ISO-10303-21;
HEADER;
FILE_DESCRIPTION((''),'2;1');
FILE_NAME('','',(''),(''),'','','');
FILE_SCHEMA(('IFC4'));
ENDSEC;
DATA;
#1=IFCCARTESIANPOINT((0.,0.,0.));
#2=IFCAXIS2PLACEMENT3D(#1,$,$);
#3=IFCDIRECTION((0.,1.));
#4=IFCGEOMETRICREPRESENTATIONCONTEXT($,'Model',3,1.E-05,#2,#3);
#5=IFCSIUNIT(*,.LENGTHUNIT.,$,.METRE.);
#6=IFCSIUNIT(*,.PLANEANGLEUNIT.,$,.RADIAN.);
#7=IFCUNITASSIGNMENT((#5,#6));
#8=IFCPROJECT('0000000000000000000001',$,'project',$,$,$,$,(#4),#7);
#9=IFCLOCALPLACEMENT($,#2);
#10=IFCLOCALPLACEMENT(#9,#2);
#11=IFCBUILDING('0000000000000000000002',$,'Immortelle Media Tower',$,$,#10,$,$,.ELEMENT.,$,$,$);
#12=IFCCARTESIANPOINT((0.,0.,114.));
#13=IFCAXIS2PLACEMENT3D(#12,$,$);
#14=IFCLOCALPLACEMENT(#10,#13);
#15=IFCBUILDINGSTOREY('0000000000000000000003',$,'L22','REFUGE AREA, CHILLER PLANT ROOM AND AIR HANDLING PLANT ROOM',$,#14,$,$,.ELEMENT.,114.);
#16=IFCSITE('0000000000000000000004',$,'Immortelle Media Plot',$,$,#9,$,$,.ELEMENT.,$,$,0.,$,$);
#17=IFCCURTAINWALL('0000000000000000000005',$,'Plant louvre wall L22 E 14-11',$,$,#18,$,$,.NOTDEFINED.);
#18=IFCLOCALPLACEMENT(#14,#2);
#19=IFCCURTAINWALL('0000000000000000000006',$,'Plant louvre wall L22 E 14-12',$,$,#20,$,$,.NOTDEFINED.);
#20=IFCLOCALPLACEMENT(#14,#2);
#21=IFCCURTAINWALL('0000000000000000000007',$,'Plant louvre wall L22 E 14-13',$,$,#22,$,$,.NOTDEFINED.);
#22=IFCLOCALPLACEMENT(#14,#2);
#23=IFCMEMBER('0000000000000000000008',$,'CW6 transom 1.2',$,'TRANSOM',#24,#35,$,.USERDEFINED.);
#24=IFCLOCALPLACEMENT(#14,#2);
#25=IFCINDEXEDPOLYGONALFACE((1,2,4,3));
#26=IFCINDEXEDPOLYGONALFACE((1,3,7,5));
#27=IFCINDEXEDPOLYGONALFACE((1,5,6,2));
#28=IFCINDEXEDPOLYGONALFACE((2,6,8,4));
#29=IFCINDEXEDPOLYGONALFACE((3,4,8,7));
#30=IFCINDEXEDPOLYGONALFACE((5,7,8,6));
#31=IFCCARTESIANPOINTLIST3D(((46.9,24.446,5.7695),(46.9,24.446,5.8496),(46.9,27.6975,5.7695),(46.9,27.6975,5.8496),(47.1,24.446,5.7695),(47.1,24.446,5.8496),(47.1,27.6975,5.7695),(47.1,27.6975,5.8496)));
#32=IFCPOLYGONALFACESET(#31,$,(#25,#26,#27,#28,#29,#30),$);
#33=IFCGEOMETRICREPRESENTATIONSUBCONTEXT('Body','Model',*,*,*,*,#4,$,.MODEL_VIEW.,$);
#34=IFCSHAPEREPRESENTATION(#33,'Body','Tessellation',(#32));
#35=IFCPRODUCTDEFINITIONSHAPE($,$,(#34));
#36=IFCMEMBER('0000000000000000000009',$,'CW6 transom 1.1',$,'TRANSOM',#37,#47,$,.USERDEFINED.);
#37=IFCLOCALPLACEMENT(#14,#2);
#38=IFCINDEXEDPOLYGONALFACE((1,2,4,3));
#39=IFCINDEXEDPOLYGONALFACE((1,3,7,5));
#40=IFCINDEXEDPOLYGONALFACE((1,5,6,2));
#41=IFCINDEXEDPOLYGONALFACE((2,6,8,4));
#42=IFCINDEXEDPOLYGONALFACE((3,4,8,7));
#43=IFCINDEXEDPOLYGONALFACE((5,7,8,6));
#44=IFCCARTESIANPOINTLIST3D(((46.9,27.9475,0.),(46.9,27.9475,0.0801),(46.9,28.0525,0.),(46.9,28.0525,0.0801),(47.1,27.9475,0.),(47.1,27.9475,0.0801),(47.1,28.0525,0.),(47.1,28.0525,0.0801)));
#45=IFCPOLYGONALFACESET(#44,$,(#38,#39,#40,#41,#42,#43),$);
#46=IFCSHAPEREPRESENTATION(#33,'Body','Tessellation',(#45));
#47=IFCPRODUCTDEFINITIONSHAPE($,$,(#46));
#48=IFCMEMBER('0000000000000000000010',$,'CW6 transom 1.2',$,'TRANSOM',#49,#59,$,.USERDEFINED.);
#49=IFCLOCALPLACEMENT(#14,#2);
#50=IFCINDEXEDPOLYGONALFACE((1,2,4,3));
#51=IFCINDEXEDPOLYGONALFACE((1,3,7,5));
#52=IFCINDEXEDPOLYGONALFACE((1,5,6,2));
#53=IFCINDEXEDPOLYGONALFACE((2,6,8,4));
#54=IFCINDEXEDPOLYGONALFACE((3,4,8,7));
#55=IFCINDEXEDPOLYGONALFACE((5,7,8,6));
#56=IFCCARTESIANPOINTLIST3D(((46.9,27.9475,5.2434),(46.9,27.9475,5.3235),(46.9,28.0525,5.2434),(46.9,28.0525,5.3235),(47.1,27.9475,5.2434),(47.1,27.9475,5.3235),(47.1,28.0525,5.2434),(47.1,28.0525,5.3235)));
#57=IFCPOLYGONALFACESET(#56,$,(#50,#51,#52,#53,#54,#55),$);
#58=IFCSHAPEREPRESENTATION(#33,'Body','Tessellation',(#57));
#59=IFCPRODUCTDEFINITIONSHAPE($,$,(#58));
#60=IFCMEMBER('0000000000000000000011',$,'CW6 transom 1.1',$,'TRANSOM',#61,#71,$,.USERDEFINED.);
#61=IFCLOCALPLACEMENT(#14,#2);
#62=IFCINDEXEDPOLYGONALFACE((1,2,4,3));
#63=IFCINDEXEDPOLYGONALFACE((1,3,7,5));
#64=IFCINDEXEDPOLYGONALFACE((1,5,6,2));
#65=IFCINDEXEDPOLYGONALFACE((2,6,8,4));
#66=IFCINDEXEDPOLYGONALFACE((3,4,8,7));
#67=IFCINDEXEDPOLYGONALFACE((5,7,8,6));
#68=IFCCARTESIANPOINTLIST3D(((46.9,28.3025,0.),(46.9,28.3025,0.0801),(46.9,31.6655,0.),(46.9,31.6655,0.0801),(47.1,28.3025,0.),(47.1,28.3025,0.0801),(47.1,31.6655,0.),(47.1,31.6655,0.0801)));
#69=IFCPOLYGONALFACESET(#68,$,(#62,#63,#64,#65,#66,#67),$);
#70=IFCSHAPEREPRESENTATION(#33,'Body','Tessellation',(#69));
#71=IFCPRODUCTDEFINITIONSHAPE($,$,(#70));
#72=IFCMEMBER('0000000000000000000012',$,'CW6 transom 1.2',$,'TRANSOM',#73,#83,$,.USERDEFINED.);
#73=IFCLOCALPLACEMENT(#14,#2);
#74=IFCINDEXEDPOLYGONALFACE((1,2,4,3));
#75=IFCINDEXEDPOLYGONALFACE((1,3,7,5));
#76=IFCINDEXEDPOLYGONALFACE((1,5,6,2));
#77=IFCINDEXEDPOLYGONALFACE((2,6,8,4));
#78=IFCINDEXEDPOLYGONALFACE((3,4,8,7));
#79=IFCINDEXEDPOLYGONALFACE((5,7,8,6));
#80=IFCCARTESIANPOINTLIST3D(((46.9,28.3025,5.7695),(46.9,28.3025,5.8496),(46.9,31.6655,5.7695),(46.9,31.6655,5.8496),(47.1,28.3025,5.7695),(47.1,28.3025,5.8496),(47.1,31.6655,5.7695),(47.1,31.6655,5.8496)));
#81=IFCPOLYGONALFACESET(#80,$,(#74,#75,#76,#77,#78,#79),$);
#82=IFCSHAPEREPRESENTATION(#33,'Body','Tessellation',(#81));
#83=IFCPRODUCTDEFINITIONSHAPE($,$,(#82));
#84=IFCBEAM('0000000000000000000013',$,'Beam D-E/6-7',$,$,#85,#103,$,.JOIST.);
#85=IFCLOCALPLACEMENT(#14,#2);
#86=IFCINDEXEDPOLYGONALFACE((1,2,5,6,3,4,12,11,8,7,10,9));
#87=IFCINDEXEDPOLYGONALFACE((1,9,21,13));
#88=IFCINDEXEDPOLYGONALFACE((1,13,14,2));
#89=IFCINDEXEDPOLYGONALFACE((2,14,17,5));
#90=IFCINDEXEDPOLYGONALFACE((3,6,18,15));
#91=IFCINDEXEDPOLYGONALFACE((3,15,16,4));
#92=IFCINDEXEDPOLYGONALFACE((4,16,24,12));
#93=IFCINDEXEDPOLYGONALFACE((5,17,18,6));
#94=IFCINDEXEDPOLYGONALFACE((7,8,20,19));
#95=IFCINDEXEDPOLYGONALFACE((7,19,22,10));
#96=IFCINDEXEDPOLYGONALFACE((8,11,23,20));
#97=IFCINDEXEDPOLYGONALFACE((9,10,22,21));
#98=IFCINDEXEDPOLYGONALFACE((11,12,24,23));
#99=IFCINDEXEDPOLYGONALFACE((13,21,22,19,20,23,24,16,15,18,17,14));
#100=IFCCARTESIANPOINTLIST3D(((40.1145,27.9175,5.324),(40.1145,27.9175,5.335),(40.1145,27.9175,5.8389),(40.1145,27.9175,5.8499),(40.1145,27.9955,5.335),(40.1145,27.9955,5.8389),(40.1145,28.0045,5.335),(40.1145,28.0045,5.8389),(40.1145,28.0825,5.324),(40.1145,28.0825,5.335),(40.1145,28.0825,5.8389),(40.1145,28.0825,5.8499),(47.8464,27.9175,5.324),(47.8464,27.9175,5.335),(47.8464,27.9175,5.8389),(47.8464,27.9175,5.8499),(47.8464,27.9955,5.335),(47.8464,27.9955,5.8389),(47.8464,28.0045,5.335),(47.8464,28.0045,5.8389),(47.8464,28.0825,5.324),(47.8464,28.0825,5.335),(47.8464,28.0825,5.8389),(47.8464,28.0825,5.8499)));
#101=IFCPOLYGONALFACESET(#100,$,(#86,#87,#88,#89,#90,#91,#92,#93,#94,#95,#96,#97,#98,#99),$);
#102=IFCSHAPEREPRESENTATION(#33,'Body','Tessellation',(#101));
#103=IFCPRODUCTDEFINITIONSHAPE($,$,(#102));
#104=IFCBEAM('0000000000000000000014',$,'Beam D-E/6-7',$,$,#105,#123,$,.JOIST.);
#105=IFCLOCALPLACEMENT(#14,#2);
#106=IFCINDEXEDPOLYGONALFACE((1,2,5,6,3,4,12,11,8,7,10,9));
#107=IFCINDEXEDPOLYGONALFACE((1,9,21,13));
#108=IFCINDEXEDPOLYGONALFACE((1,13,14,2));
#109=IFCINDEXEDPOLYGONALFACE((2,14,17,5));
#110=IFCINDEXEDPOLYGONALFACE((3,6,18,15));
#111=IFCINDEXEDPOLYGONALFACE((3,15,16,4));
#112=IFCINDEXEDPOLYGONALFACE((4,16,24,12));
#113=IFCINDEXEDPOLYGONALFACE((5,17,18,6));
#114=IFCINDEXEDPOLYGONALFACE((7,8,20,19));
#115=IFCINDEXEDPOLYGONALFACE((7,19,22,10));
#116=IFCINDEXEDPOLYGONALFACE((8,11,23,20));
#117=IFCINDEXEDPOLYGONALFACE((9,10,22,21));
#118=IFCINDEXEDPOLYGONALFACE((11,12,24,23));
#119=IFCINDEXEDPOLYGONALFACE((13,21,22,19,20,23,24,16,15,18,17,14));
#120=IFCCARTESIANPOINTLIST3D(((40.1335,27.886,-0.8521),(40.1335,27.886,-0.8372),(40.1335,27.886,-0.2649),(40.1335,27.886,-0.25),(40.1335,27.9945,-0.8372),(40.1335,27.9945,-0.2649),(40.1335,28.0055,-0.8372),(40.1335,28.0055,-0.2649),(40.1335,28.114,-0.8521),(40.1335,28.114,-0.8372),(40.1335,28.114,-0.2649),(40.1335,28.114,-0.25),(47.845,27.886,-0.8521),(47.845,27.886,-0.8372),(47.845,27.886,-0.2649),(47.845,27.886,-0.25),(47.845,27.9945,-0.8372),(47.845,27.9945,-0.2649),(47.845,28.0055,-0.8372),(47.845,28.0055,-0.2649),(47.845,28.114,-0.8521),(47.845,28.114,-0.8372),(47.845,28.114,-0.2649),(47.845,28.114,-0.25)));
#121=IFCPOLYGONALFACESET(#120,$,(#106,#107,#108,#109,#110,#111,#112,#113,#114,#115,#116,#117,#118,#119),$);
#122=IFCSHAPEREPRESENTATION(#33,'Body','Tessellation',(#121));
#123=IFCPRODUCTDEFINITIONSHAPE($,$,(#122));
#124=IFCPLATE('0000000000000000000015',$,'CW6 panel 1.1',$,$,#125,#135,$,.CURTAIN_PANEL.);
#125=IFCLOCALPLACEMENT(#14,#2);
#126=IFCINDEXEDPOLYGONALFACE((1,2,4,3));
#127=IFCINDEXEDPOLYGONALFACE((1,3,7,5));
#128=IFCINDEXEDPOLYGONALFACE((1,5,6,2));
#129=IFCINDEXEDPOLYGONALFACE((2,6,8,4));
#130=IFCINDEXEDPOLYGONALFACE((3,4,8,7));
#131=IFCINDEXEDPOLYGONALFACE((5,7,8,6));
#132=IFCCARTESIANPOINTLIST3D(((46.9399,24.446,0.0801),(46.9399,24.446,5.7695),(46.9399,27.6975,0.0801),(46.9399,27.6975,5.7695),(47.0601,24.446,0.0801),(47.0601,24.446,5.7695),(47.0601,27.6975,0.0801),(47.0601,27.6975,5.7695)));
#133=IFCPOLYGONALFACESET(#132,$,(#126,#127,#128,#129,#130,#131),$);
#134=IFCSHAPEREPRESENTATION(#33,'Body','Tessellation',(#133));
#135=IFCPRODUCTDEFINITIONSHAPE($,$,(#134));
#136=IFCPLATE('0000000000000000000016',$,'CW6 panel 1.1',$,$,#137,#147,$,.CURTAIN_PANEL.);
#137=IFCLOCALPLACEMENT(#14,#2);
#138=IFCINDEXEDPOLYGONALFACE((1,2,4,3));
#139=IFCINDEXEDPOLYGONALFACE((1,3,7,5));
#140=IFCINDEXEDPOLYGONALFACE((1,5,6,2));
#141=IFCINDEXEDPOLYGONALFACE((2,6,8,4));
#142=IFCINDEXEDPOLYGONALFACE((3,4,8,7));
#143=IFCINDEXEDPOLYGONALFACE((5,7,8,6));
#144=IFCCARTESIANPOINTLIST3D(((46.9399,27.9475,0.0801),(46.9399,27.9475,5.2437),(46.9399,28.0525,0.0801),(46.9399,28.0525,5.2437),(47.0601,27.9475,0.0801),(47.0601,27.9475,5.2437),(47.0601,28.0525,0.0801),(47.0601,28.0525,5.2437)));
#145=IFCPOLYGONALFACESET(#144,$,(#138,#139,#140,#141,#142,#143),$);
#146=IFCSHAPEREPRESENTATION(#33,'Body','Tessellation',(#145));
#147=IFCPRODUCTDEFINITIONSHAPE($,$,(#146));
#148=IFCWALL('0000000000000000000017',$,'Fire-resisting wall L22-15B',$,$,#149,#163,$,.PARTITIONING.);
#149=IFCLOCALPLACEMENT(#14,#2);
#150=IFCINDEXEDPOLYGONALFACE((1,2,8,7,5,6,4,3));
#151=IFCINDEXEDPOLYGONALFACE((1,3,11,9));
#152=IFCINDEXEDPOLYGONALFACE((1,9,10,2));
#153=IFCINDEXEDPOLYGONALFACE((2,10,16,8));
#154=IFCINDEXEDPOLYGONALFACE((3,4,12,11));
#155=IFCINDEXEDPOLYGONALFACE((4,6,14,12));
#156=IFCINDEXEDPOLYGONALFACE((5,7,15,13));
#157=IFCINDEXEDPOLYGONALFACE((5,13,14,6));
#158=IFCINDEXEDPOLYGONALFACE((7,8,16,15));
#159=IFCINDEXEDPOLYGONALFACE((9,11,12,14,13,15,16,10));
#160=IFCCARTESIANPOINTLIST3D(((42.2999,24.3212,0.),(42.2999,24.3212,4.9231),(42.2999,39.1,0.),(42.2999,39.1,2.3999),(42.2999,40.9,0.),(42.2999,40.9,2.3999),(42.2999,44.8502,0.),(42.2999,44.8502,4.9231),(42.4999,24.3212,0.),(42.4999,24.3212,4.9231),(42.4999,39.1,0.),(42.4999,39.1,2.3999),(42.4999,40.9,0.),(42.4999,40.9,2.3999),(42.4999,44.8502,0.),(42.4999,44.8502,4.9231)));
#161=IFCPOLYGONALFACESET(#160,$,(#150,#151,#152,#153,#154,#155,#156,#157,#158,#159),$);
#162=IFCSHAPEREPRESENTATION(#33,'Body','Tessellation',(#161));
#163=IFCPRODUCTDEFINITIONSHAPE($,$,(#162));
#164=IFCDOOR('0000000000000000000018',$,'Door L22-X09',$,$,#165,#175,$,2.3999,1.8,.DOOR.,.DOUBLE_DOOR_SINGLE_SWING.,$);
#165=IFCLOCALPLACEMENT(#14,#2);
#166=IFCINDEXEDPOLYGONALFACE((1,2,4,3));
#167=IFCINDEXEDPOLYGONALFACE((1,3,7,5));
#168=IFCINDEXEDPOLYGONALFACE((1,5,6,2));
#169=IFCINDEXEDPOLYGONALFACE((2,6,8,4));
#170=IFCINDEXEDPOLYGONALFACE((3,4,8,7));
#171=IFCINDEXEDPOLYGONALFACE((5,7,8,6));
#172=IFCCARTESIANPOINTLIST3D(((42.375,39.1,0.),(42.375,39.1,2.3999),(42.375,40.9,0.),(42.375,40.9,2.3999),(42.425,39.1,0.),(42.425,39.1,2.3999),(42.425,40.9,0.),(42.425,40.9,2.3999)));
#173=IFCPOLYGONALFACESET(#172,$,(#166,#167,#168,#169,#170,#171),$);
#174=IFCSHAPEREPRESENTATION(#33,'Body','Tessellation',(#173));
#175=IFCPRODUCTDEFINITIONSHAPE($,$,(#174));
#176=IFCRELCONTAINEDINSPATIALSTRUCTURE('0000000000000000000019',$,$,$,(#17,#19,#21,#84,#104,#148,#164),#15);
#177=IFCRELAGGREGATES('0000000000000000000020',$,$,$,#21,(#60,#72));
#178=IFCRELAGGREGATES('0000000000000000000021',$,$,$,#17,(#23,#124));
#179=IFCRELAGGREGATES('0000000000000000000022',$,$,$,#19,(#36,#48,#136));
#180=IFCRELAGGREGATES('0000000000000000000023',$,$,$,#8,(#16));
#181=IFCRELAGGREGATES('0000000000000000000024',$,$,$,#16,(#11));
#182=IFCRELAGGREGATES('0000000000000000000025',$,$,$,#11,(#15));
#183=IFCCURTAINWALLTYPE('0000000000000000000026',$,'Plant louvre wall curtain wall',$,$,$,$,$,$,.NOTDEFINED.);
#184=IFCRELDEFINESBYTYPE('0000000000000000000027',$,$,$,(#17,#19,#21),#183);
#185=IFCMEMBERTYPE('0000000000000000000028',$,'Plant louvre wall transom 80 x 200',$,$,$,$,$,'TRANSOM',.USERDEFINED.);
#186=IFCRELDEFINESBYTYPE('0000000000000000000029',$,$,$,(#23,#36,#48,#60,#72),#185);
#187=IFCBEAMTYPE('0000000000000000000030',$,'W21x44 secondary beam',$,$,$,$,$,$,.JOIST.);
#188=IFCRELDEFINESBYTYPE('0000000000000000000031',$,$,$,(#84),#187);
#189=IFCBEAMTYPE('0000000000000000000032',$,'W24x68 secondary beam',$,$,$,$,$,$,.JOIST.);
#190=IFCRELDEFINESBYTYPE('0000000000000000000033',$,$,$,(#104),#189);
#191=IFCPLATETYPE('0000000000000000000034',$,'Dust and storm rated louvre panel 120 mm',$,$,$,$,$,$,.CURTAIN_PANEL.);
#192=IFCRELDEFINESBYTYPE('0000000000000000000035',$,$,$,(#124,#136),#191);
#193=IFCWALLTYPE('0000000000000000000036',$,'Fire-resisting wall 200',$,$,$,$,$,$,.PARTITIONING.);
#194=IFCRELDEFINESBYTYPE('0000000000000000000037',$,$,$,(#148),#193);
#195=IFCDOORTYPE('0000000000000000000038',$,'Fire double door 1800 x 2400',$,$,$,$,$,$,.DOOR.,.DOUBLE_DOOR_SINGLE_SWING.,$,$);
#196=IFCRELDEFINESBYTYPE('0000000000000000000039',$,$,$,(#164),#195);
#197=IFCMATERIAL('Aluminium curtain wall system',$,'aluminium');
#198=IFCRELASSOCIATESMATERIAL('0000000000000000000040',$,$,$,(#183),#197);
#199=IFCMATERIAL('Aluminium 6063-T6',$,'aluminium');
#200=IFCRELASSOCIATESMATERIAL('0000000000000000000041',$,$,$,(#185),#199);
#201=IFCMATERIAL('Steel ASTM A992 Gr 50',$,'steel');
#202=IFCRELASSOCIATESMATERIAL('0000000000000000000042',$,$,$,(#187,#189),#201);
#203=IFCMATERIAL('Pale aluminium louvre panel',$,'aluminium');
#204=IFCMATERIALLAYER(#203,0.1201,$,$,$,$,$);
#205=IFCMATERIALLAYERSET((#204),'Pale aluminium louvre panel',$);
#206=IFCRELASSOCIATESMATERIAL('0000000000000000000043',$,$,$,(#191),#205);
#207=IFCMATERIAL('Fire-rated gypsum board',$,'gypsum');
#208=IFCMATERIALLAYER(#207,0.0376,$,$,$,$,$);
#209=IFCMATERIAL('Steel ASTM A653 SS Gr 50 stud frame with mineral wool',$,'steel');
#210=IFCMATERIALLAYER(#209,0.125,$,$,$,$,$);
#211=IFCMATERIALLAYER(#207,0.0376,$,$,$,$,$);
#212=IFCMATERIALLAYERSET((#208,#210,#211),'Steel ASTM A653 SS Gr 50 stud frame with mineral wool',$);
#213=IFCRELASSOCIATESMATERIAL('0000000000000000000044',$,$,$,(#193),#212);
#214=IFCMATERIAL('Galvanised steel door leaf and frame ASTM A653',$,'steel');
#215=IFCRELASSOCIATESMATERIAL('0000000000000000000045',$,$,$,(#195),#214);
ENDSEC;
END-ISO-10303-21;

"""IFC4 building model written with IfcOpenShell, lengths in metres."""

from ifc_helpers import new_model, si_unit, direction, frame, frame_2d, origin, origin_2d, place, context, subcontext, project, spatial, rectangle, i_section, extrude, material, layer, layer_set, material_profile, profile_set, type_object, element, fill, aggregate, save


model = new_model("IFC4")

# Units and contexts
model_context = context("Model", 3, precision=1e-05, world=origin(), true_north=direction((0.0, 1.0)))
body_context = subcontext(model_context, "Body", "Model", "MODEL_VIEW")
ifc_project = project(units=[si_unit("LENGTHUNIT", "METRE"), si_unit("PLANEANGLEUNIT", "RADIAN")], contexts=[model_context])

# Site, building, storey
site_placement = place(None, origin())
site = spatial("IfcSite", under=ifc_project, at=site_placement, Name="Immortelle Media Plot", CompositionType="ELEMENT", RefElevation=0.0)
building_placement = place(site_placement, origin())
building = spatial("IfcBuilding", under=site, at=building_placement, Name="Immortelle Media Tower", CompositionType="ELEMENT")
storey_placement = place(building_placement, frame((0.0, 0.0, 114.0)))
storey = spatial("IfcBuildingStorey", under=building, at=storey_placement, Name="L22", Description="REFUGE AREA, CHILLER PLANT ROOM AND AIR HANDLING PLANT ROOM", CompositionType="ELEMENT", Elevation=114.0)

# Curtain walls
ifc_material_1 = material(Name="Aluminium curtain wall system", Category="aluminium")
curtain_wall_type = type_object("IfcCurtainWallType", Name="Plant louvre wall curtain wall", PredefinedType="NOTDEFINED", material=ifc_material_1)
curtain_wall_1_placement = place(storey_placement, origin())
curtain_wall_1 = element("IfcCurtainWall", 1, at=curtain_wall_1_placement, inside=storey, type_object=curtain_wall_type, Name="Plant louvre wall L22 E 14-11", PredefinedType="NOTDEFINED")
ifc_material_2 = material(Name="Aluminium 6063-T6", Category="aluminium")
curtain_wall_2_placement = place(storey_placement, origin())
curtain_wall_2 = element("IfcCurtainWall", 2, at=curtain_wall_2_placement, inside=storey, type_object=curtain_wall_type, Name="Plant louvre wall L22 E 14-12", PredefinedType="NOTDEFINED")

# Curtain wall
curtain_wall_3_placement = place(storey_placement, origin())
curtain_wall_3 = element("IfcCurtainWall", 3, at=curtain_wall_3_placement, inside=storey, type_object=curtain_wall_type, Name="Plant louvre wall L22 E 14-13", PredefinedType="NOTDEFINED")

# Members
ifc_material_profile_1 = material_profile(ifc_material_2, rectangle(XDim=0.2, YDim=0.0801, at=origin_2d()), Name="AL 80x200")
ifc_profile_set_1 = profile_set([ifc_material_profile_1], Name="Aluminium 6063-T6")
member_type_1 = type_object("IfcMemberType", Name="Plant louvre wall transom 80 x 200", ElementType="TRANSOM", PredefinedType="USERDEFINED", material=ifc_profile_set_1)
member_1_placement = place(storey_placement, frame((47.0, 24.446, 5.8096), z_axis=(0.0, 1.0, 0.0), x_axis=(-1.0, 0.0, 0.0)))
member_1 = element("IfcMember", 4, at=member_1_placement, type_object=member_type_1, Name="CW6 transom 1.2", ObjectType="TRANSOM", PredefinedType="USERDEFINED", context=body_context, shape_type="SweptSolid", body=[
    extrude(rectangle(XDim=0.2, YDim=0.0801, at=origin_2d()), origin(), (0.0, 0.0, 1.0), 3.2515),
])
member_2_placement = place(storey_placement, frame((47.0, 27.9475, 0.04), z_axis=(0.0, 1.0, 0.0), x_axis=(-1.0, 0.0, 0.0)))
member_2 = element("IfcMember", 5, at=member_2_placement, type_object=member_type_1, Name="CW6 transom 1.1", ObjectType="TRANSOM", PredefinedType="USERDEFINED", context=body_context, shape_type="SweptSolid", body=[
    extrude(rectangle(XDim=0.2, YDim=0.0801, at=origin_2d()), origin(), (0.0, 0.0, 1.0), 0.105),
])
member_3_placement = place(storey_placement, frame((47.0, 27.9475, 5.2834), z_axis=(0.0, 1.0, 0.0), x_axis=(-1.0, 0.0, 0.0)))
member_3 = element("IfcMember", 6, at=member_3_placement, type_object=member_type_1, Name="CW6 transom 1.2", ObjectType="TRANSOM", PredefinedType="USERDEFINED", context=body_context, shape_type="SweptSolid", body=[
    extrude(rectangle(XDim=0.2, YDim=0.0801, at=origin_2d()), origin(), (0.0, 0.0, 1.0), 0.105),
])
member_4_placement = place(storey_placement, frame((47.0, 28.3025, 0.04), z_axis=(0.0, 1.0, 0.0), x_axis=(-1.0, 0.0, 0.0)))
member_4 = element("IfcMember", 7, at=member_4_placement, type_object=member_type_1, Name="CW6 transom 1.1", ObjectType="TRANSOM", PredefinedType="USERDEFINED", context=body_context, shape_type="SweptSolid", body=[
    extrude(rectangle(XDim=0.2, YDim=0.0801, at=origin_2d()), origin(), (0.0, 0.0, 1.0), 3.363),
])
member_5_placement = place(storey_placement, frame((47.0, 28.3025, 5.8096), z_axis=(0.0, 1.0, 0.0), x_axis=(-1.0, 0.0, 0.0)))
member_5 = element("IfcMember", 8, at=member_5_placement, type_object=member_type_1, Name="CW6 transom 1.2", ObjectType="TRANSOM", PredefinedType="USERDEFINED", context=body_context, shape_type="SweptSolid", body=[
    extrude(rectangle(XDim=0.2, YDim=0.0801, at=origin_2d()), origin(), (0.0, 0.0, 1.0), 3.363),
])
aggregate(curtain_wall_3, [member_4, member_5])

# Beams
ifc_material_3 = material(Name="Steel ASTM A992 Gr 50", Category="steel")
ifc_material_profile_2 = material_profile(ifc_material_3, i_section(OverallWidth=0.165, OverallDepth=0.5259, WebThickness=0.009, FlangeThickness=0.011, at=origin_2d()), Name="W21x44")
ifc_profile_set_2 = profile_set([ifc_material_profile_2], Name="Steel ASTM A992 Gr 50")
beam_type_1 = type_object("IfcBeamType", Name="W21x44 secondary beam", PredefinedType="JOIST", material=ifc_profile_set_2)
beam_1_placement = place(storey_placement, frame((40.1145, 28.0, 5.5869), z_axis=(1.0, 0.0, 0.0), x_axis=(0.0, 1.0, 0.0)))
element("IfcBeam", 9, at=beam_1_placement, inside=storey, type_object=beam_type_1, Name="Beam D-E/6-7", PredefinedType="JOIST", context=body_context, shape_type="SweptSolid", body=[
    extrude(i_section(OverallWidth=0.165, OverallDepth=0.5259, WebThickness=0.009, FlangeThickness=0.011, at=origin_2d()), origin(), (0.0, 0.0, 1.0), 7.7319),
])
ifc_material_profile_3 = material_profile(ifc_material_3, i_section(OverallWidth=0.228, OverallDepth=0.6021, WebThickness=0.011, FlangeThickness=0.0149, at=origin_2d()), Name="W24x68")
ifc_profile_set_3 = profile_set([ifc_material_profile_3], Name="Steel ASTM A992 Gr 50")
beam_type_2 = type_object("IfcBeamType", Name="W24x68 secondary beam", PredefinedType="JOIST", material=ifc_profile_set_3)
beam_2_placement = place(storey_placement, frame((40.1335, 28.0, -0.551), z_axis=(1.0, 0.0, 0.0), x_axis=(0.0, 1.0, 0.0)))
element("IfcBeam", 10, at=beam_2_placement, inside=storey, type_object=beam_type_2, Name="Beam D-E/6-7", PredefinedType="JOIST", context=body_context, shape_type="SweptSolid", body=[
    extrude(i_section(OverallWidth=0.228, OverallDepth=0.6021, WebThickness=0.011, FlangeThickness=0.0149, at=origin_2d()), origin(), (0.0, 0.0, 1.0), 7.7114),
])

# Plates
ifc_material_4 = material(Name="Pale aluminium louvre panel", Category="aluminium")
ifc_layer_1 = layer(ifc_material_4, 0.1201)
ifc_layer_set_1 = layer_set([ifc_layer_1], Name="Pale aluminium louvre panel")
plate_type = type_object("IfcPlateType", Name="Dust and storm rated louvre panel 120 mm", PredefinedType="CURTAIN_PANEL", material=ifc_layer_set_1)
plate_1_placement = place(storey_placement, frame((47.0, 26.0718, 0.0801), z_axis=(0.0, 0.0, 1.0), x_axis=(0.0, 1.0, 0.0)))
plate_1 = element("IfcPlate", 11, at=plate_1_placement, type_object=plate_type, Name="CW6 panel 1.1", PredefinedType="CURTAIN_PANEL", context=body_context, shape_type="SweptSolid", body=[
    extrude(rectangle(XDim=3.2515, YDim=0.1201, at=origin_2d()), origin(), (0.0, 0.0, 1.0), 5.6895),
])
aggregate(curtain_wall_1, [member_1, plate_1])
plate_2_placement = place(storey_placement, frame((47.0, 28.0, 0.0801), z_axis=(0.0, 0.0, 1.0), x_axis=(0.0, 1.0, 0.0)))
plate_2 = element("IfcPlate", 12, at=plate_2_placement, type_object=plate_type, Name="CW6 panel 1.1", PredefinedType="CURTAIN_PANEL", context=body_context, shape_type="SweptSolid", body=[
    extrude(rectangle(XDim=0.105, YDim=0.1201, at=origin_2d()), origin(), (0.0, 0.0, 1.0), 5.1636),
])
aggregate(curtain_wall_2, [member_2, member_3, plate_2])

# Wall, opening, door
ifc_material_5 = material(Name="Fire-rated gypsum board", Category="gypsum")
ifc_layer_2 = layer(ifc_material_5, 0.0376)
ifc_material_6 = material(Name="Steel ASTM A653 SS Gr 50 stud frame with mineral wool", Category="steel")
ifc_layer_3 = layer(ifc_material_6, 0.125)
ifc_layer_4 = layer(ifc_material_5, 0.0376)
ifc_layer_set_2 = layer_set([ifc_layer_2, ifc_layer_3, ifc_layer_4], Name="Steel ASTM A653 SS Gr 50 stud frame with mineral wool")
wall_type = type_object("IfcWallType", Name="Fire-resisting wall 200", PredefinedType="PARTITIONING", material=ifc_layer_set_2)
wall_1_placement = place(storey_placement, frame((42.3999, 24.321, 0.0), z_axis=(0.0, 0.0, 1.0), x_axis=(0.0, 1.0, 0.0)))
wall_1 = element("IfcWall", 13, at=wall_1_placement, inside=storey, type_object=wall_type, Name="Fire-resisting wall L22-15B", PredefinedType="PARTITIONING", context=body_context, shape_type="SweptSolid", body=[
    extrude(rectangle(XDim=20.5291, YDim=0.2, at=frame_2d((10.2646, 0.0))), origin(), (0.0, 0.0, 1.0), 4.9231),
])
opening_placement = place(wall_1_placement, frame((14.7791, 0.0, 0.0)))
opening = element("IfcOpeningElement", 14, at=opening_placement, cuts=wall_1, PredefinedType="OPENING", context=body_context, shape_type="SweptSolid", body=[
    extrude(rectangle(XDim=1.8, YDim=2.3999, at=frame_2d((0.8999, 1.2))), frame((0.0, 0.1099, 0.0), z_axis=(0.0, -1.0, 0.0), x_axis=(1.0, 0.0, 0.0)), (0.0, 0.0, 1.0), 0.22),
])
ifc_material_7 = material(Name="Galvanised steel door leaf and frame ASTM A653", Category="steel")
door_type = type_object("IfcDoorType", Name="Fire double door 1800 x 2400", OperationType="DOUBLE_DOOR_SINGLE_SWING", PredefinedType="DOOR", material=ifc_material_7)
door_placement = place(opening_placement, origin())
door = element("IfcDoor", 15, at=door_placement, inside=storey, type_object=door_type, Name="Door L22-X09", OperationType="DOUBLE_DOOR_SINGLE_SWING", OverallHeight=2.3999, OverallWidth=1.8, PredefinedType="DOOR", context=body_context, shape_type="SweptSolid", body=[
    extrude(rectangle(XDim=1.8, YDim=2.3999, at=frame_2d((0.8999, 1.2))), frame((0.0, 0.0249, 0.0), z_axis=(0.0, -1.0, 0.0), x_axis=(1.0, 0.0, 0.0)), (0.0, 0.0, 1.0), 0.05),
])
fill(opening, door)

save(model, "model.ifc")
